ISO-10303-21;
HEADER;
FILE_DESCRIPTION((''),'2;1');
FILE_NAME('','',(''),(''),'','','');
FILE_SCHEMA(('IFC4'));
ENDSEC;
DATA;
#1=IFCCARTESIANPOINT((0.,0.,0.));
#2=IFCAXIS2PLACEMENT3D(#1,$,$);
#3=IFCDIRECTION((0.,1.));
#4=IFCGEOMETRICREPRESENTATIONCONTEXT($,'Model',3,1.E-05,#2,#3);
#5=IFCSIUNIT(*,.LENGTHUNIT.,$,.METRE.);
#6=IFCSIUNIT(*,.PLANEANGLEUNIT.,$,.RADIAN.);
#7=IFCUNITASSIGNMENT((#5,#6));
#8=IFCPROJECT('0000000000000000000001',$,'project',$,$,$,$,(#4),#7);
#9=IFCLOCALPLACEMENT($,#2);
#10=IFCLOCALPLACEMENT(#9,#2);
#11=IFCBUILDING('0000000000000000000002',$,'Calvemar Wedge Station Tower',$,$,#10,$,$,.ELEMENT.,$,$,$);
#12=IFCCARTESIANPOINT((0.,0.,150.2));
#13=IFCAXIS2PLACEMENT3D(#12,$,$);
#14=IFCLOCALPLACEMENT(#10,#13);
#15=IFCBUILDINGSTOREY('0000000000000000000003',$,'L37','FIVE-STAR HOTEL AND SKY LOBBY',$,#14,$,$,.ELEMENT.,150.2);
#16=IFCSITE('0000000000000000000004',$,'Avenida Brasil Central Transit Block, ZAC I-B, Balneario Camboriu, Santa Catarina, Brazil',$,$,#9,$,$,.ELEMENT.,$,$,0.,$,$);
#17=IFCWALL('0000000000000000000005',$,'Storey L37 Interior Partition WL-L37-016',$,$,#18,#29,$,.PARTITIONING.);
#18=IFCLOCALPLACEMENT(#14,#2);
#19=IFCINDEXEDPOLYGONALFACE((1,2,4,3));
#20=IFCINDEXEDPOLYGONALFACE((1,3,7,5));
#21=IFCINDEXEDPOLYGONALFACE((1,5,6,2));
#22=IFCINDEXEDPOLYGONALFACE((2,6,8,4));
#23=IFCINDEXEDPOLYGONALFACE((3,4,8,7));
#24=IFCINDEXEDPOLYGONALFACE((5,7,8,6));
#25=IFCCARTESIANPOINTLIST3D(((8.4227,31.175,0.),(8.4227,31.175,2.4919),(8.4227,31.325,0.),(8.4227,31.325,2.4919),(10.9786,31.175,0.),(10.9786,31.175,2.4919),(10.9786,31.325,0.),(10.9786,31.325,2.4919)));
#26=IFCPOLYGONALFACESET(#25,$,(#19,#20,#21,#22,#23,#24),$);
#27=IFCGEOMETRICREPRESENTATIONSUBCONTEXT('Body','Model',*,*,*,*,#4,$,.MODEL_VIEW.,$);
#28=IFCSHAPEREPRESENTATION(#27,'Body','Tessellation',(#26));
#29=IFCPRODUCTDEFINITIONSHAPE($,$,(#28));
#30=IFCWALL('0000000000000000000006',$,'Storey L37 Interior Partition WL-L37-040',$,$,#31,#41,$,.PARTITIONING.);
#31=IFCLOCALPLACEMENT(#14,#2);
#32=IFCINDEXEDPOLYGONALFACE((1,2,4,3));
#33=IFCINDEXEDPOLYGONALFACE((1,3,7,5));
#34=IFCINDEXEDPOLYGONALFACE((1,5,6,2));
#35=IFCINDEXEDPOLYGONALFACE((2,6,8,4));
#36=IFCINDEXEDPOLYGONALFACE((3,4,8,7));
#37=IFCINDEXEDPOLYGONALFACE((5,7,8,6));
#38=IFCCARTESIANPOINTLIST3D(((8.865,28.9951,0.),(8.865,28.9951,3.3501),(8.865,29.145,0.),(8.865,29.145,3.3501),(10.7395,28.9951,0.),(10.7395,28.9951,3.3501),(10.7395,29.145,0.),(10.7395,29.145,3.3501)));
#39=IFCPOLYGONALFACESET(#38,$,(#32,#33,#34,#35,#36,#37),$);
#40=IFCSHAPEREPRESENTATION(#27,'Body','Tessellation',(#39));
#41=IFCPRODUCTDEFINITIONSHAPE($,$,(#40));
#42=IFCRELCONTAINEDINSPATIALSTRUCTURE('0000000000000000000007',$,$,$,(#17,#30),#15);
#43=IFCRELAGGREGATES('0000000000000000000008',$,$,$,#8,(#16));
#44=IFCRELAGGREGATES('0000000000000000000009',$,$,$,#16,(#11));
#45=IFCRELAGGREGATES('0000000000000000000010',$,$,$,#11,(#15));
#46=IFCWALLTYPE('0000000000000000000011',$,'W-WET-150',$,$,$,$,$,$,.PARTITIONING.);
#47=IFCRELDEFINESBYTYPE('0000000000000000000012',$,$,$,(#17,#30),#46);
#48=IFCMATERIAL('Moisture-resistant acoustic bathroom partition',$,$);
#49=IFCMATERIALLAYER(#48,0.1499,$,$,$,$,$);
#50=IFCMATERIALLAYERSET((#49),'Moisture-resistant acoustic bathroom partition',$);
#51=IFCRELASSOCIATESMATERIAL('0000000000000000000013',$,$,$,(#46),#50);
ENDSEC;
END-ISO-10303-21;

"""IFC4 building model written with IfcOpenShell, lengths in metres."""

from ifc_helpers import new_model, si_unit, direction, frame, frame_2d, origin, place, context, subcontext, project, spatial, rectangle, extrude, material, layer, layer_set, type_object, element, save


model = new_model("IFC4")

# Units and contexts
model_context = context("Model", 3, precision=1e-05, world=origin(), true_north=direction((0.0, 1.0)))
body_context = subcontext(model_context, "Body", "Model", "MODEL_VIEW")
ifc_project = project(units=[si_unit("LENGTHUNIT", "METRE"), si_unit("PLANEANGLEUNIT", "RADIAN")], contexts=[model_context])

# Site, building, storey
site_placement = place(None, origin())
site = spatial("IfcSite", under=ifc_project, at=site_placement, Name="Avenida Brasil Central Transit Block, ZAC I-B, Balneario Camboriu, Santa Catarina, Brazil", CompositionType="ELEMENT", RefElevation=0.0)
building_placement = place(site_placement, origin())
building = spatial("IfcBuilding", under=site, at=building_placement, Name="Calvemar Wedge Station Tower", CompositionType="ELEMENT")
storey_placement = place(building_placement, frame((0.0, 0.0, 150.2)))
storey = spatial("IfcBuildingStorey", under=building, at=storey_placement, Name="L37", Description="FIVE-STAR HOTEL AND SKY LOBBY", CompositionType="ELEMENT", Elevation=150.2)

# Wall
ifc_material_1 = material(Name="Moisture-resistant acoustic bathroom partition")
ifc_layer_1 = layer(ifc_material_1, 0.1499)
ifc_layer_set_1 = layer_set([ifc_layer_1], Name="Moisture-resistant acoustic bathroom partition")
wall_type_1 = type_object("IfcWallType", Name="W-WET-150", PredefinedType="PARTITIONING", material=ifc_layer_set_1)
wall_1_placement = place(storey_placement, frame((10.9785, 31.25, 0.0), z_axis=(0.0, 0.0, 1.0), x_axis=(-1.0, 0.0, 0.0)))
element("IfcWall", 1, at=wall_1_placement, inside=storey, type_object=wall_type_1, Name="Storey L37 Interior Partition WL-L37-016", PredefinedType="PARTITIONING", context=body_context, shape_type="SweptSolid", body=[
    extrude(rectangle(XDim=2.5559, YDim=0.1499, at=frame_2d((1.2778, 0.0))), origin(), (0.0, 0.0, 1.0), 2.4919),
])

# Wall
wall_2_placement = place(storey_placement, frame((10.7395, 29.0701, 0.0), z_axis=(0.0, 0.0, 1.0), x_axis=(-1.0, 0.0, 0.0)))
element("IfcWall", 2, at=wall_2_placement, inside=storey, type_object=wall_type_1, Name="Storey L37 Interior Partition WL-L37-040", PredefinedType="PARTITIONING", context=body_context, shape_type="SweptSolid", body=[
    extrude(rectangle(XDim=1.8745, YDim=0.1499, at=frame_2d((0.9373, 0.0))), origin(), (0.0, 0.0, 1.0), 3.3501),
])

save(model, "model.ifc")
